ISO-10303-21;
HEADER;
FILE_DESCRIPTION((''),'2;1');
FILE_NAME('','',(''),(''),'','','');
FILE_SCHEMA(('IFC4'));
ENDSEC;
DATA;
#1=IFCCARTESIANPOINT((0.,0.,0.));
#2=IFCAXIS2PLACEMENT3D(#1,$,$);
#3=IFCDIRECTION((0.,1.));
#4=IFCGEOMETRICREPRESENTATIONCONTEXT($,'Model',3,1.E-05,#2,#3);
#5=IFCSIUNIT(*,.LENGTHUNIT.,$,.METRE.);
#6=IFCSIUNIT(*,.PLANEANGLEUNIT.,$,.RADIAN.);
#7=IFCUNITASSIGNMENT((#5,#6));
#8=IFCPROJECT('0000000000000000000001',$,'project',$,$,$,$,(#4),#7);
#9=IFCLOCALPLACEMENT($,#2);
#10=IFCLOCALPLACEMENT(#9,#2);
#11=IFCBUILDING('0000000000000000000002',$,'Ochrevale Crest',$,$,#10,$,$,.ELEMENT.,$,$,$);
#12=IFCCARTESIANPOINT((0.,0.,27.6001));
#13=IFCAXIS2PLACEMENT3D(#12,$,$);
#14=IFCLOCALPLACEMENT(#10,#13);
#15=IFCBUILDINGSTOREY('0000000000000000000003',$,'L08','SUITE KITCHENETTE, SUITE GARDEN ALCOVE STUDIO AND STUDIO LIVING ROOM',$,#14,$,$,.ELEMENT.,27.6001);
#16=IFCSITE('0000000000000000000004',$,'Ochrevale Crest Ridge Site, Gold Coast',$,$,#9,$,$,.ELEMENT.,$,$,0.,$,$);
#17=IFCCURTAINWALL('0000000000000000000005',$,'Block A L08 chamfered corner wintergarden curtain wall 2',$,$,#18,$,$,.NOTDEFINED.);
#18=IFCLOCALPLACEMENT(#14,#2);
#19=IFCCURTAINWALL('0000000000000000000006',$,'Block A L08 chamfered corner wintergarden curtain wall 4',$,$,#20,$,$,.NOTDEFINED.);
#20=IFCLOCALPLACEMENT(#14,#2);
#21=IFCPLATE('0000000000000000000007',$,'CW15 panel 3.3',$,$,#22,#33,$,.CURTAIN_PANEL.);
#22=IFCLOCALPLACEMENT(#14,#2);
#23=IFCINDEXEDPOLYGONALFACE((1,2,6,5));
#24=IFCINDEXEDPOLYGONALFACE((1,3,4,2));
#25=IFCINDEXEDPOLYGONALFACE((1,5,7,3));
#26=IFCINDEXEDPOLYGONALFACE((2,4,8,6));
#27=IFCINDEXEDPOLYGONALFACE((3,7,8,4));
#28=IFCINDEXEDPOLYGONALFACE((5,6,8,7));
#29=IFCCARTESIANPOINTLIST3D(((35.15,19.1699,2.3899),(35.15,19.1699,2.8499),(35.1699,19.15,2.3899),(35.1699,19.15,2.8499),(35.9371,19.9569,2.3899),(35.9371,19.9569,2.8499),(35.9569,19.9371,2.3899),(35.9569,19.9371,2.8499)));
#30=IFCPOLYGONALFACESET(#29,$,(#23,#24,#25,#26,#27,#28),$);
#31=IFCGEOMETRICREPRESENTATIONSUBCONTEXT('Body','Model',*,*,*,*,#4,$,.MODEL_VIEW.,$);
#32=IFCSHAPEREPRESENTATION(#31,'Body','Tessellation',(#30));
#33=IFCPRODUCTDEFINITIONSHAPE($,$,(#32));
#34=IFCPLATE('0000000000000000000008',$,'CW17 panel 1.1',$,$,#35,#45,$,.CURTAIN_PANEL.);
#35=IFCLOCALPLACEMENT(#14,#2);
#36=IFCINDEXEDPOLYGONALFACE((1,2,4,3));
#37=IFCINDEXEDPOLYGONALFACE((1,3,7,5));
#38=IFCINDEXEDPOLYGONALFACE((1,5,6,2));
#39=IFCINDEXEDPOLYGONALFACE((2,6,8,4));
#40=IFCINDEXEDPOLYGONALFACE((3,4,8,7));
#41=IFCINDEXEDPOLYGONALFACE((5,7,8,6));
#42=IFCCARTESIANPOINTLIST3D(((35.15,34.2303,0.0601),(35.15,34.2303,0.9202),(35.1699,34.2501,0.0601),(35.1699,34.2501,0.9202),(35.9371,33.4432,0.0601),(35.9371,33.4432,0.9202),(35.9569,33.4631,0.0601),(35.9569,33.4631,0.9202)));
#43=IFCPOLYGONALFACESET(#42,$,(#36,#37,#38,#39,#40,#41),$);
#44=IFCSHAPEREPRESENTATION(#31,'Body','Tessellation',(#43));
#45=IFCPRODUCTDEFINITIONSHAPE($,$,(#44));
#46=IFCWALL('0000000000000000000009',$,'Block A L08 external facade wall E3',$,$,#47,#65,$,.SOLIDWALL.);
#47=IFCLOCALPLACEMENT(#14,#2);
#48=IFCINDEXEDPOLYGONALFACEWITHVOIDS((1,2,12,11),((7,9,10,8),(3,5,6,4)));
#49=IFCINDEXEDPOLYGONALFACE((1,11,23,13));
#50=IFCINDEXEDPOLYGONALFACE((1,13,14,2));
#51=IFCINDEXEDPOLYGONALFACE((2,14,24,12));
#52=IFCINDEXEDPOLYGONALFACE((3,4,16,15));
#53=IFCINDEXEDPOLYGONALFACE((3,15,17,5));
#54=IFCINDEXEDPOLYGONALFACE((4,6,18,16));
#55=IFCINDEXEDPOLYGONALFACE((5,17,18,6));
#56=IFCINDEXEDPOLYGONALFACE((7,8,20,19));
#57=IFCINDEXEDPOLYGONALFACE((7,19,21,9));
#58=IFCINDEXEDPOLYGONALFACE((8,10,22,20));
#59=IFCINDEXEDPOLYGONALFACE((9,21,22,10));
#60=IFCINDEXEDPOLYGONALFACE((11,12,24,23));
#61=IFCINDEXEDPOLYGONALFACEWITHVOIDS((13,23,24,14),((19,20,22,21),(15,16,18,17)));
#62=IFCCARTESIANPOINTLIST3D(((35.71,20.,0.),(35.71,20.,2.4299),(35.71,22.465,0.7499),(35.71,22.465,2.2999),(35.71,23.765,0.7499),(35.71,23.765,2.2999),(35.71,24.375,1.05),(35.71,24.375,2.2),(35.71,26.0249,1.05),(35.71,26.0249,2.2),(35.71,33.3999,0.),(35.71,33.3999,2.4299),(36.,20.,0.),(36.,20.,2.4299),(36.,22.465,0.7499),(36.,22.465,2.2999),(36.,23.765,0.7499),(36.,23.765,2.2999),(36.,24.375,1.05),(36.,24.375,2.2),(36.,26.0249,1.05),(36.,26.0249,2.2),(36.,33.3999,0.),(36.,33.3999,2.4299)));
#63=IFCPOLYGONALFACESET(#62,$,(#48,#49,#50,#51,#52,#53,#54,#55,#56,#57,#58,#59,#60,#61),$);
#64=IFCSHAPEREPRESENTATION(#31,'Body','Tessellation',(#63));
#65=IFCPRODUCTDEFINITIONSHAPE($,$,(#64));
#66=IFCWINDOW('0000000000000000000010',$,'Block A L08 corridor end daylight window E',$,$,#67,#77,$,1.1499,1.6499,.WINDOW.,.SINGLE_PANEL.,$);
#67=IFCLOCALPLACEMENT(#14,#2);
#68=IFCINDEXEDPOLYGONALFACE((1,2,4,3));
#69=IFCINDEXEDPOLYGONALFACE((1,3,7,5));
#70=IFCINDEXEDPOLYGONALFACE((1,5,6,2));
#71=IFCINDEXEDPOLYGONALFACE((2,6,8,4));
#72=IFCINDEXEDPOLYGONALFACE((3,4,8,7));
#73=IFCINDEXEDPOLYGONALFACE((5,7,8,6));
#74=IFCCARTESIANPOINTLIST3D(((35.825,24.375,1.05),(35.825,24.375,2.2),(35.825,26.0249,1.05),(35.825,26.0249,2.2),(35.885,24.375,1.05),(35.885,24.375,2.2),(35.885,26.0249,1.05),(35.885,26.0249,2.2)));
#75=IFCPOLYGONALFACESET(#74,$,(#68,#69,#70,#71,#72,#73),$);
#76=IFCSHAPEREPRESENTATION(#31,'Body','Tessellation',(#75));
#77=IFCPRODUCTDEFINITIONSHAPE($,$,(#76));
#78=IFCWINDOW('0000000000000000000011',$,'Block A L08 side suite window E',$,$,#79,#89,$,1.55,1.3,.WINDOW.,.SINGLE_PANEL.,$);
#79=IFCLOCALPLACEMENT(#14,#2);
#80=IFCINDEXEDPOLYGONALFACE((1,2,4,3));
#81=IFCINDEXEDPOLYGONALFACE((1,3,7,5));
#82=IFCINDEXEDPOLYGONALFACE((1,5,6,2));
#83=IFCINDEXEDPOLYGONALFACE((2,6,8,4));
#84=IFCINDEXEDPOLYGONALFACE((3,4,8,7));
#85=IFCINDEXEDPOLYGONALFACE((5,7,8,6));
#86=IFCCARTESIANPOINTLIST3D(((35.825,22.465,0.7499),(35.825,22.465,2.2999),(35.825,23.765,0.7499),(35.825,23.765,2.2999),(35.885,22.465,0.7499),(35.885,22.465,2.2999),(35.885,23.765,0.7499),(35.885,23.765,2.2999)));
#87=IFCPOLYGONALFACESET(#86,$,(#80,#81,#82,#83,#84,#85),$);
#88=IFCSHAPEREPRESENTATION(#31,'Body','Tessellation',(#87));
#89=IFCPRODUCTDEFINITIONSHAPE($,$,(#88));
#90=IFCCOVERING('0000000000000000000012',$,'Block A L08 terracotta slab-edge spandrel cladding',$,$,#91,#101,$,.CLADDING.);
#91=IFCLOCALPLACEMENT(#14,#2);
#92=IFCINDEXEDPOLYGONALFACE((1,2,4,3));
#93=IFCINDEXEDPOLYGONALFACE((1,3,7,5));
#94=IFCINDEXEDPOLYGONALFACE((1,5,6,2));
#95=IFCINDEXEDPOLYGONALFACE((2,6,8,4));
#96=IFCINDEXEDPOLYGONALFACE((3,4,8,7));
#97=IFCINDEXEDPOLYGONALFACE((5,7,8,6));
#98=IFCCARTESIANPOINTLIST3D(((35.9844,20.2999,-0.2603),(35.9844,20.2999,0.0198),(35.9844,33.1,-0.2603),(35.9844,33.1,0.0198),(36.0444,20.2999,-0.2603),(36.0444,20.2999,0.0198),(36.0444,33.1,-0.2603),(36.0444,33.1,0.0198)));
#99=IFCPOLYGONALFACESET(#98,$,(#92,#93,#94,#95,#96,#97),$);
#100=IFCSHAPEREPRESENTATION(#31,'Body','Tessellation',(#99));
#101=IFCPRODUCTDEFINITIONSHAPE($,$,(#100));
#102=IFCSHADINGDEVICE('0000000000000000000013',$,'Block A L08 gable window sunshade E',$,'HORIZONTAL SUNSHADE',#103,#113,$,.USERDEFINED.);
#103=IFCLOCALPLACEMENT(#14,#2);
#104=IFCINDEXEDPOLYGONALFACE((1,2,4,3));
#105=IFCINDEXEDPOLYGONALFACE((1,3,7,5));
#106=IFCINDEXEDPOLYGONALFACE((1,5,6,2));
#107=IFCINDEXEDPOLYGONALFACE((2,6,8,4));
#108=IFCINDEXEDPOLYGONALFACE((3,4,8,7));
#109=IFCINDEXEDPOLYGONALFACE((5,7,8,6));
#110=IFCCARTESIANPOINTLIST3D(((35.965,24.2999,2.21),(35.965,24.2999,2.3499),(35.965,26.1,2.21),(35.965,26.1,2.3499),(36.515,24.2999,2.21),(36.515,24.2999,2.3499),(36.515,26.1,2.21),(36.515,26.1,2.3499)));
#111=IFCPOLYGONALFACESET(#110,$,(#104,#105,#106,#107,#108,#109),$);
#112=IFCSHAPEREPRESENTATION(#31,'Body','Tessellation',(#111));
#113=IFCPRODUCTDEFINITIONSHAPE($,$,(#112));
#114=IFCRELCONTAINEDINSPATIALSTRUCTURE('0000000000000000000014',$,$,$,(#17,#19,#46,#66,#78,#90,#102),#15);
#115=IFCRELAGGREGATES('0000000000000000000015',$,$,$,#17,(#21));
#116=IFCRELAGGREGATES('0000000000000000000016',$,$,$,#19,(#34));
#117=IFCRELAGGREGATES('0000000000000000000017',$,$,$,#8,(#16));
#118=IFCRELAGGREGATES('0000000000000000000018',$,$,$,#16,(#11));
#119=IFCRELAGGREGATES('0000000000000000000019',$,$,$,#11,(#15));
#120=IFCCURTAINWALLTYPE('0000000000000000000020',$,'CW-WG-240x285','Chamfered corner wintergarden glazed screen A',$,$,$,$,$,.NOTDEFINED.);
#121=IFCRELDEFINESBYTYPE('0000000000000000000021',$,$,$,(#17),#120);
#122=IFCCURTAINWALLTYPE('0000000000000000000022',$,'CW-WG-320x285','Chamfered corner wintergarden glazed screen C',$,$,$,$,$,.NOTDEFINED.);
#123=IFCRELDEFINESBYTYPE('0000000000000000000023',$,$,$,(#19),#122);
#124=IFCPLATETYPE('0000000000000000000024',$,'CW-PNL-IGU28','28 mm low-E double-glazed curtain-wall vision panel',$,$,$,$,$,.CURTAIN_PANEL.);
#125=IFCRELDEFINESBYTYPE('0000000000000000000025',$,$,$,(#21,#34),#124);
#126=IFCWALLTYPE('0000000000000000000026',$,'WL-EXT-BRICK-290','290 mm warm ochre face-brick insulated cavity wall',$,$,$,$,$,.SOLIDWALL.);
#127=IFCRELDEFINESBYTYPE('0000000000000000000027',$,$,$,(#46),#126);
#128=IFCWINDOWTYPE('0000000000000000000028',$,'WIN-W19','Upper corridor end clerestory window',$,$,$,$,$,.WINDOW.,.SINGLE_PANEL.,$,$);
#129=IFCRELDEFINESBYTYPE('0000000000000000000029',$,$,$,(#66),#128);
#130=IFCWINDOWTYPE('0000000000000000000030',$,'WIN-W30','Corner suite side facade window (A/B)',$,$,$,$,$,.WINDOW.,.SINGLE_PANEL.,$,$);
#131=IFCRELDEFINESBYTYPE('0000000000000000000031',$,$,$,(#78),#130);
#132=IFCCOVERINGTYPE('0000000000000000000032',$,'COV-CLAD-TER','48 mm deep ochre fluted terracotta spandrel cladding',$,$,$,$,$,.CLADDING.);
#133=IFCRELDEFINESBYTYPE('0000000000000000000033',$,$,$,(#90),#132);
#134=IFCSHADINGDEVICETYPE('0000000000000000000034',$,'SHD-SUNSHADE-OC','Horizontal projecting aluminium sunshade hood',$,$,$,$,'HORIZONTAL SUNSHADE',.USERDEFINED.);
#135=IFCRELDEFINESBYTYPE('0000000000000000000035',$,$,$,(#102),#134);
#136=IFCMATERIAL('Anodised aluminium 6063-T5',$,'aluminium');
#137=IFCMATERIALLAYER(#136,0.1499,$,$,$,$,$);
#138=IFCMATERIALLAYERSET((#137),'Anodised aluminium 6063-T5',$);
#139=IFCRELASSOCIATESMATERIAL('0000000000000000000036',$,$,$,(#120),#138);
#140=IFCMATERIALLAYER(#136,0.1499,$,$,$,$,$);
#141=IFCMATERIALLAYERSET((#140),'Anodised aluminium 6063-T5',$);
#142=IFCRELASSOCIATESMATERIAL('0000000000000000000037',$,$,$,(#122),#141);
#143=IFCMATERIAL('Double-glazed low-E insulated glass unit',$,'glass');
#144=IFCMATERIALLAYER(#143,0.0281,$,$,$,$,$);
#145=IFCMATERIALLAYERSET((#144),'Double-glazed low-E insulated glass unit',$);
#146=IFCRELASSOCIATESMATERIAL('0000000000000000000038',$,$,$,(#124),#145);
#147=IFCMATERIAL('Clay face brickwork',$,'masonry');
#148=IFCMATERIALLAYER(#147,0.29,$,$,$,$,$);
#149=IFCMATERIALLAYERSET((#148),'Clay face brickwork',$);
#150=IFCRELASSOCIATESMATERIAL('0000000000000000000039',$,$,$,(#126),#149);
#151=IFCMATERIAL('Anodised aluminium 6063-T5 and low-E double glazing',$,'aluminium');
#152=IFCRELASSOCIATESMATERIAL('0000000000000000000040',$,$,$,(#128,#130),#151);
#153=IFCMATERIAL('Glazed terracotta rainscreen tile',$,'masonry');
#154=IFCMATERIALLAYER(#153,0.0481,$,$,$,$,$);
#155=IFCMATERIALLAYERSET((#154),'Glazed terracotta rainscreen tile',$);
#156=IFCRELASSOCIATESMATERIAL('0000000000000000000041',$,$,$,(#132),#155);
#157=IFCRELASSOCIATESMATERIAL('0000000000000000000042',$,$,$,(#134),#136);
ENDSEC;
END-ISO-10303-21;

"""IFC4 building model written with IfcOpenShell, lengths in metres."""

from ifc_helpers import new_model, si_unit, direction, frame, frame_2d, origin, origin_2d, place, context, subcontext, project, spatial, rectangle, extrude, material, layer, layer_set, type_object, element, fill, aggregate, save


model = new_model("IFC4")

# Units and contexts
model_context = context("Model", 3, precision=1e-05, world=origin(), true_north=direction((0.0, 1.0)))
body_context = subcontext(model_context, "Body", "Model", "MODEL_VIEW")
ifc_project = project(units=[si_unit("LENGTHUNIT", "METRE"), si_unit("PLANEANGLEUNIT", "RADIAN")], contexts=[model_context])

# Site, building, storey
site_placement = place(None, origin())
site = spatial("IfcSite", under=ifc_project, at=site_placement, Name="Ochrevale Crest Ridge Site, Gold Coast", CompositionType="ELEMENT", RefElevation=0.0)
building_placement = place(site_placement, origin())
building = spatial("IfcBuilding", under=site, at=building_placement, Name="Ochrevale Crest", CompositionType="ELEMENT")
storey_placement = place(building_placement, frame((0.0, 0.0, 27.6001)))
storey = spatial("IfcBuildingStorey", under=building, at=storey_placement, Name="L08", Description="SUITE KITCHENETTE, SUITE GARDEN ALCOVE STUDIO AND STUDIO LIVING ROOM", CompositionType="ELEMENT", Elevation=27.6001)

# Curtain walls
ifc_material_1 = material(Name="Anodised aluminium 6063-T5", Category="aluminium")
ifc_layer_1 = layer(ifc_material_1, 0.1499)
ifc_layer_set_1 = layer_set([ifc_layer_1], Name="Anodised aluminium 6063-T5")
curtain_wall_type_1 = type_object("IfcCurtainWallType", Name="CW-WG-240x285", Description="Chamfered corner wintergarden glazed screen A", PredefinedType="NOTDEFINED", material=ifc_layer_set_1)
curtain_wall_1_placement = place(storey_placement, origin())
curtain_wall_1 = element("IfcCurtainWall", 1, at=curtain_wall_1_placement, inside=storey, type_object=curtain_wall_type_1, Name="Block A L08 chamfered corner wintergarden curtain wall 2", PredefinedType="NOTDEFINED")
ifc_layer_2 = layer(ifc_material_1, 0.1499)
ifc_layer_set_2 = layer_set([ifc_layer_2], Name="Anodised aluminium 6063-T5")
curtain_wall_type_2 = type_object("IfcCurtainWallType", Name="CW-WG-320x285", Description="Chamfered corner wintergarden glazed screen C", PredefinedType="NOTDEFINED", material=ifc_layer_set_2)
curtain_wall_2_placement = place(storey_placement, origin())
curtain_wall_2 = element("IfcCurtainWall", 2, at=curtain_wall_2_placement, inside=storey, type_object=curtain_wall_type_2, Name="Block A L08 chamfered corner wintergarden curtain wall 4", PredefinedType="NOTDEFINED")

# Plates
ifc_material_2 = material(Name="Double-glazed low-E insulated glass unit", Category="glass")
ifc_layer_3 = layer(ifc_material_2, 0.0281)
ifc_layer_set_3 = layer_set([ifc_layer_3], Name="Double-glazed low-E insulated glass unit")
plate_type = type_object("IfcPlateType", Name="CW-PNL-IGU28", Description="28 mm low-E double-glazed curtain-wall vision panel", PredefinedType="CURTAIN_PANEL", material=ifc_layer_set_3)
plate_1_placement = place(storey_placement, frame((35.5535, 19.5535, 2.3899), z_axis=(0.0, 0.0, 1.0), x_axis=(0.707107, 0.707107, 0.0)))
plate_1 = element("IfcPlate", 3, at=plate_1_placement, type_object=plate_type, Name="CW15 panel 3.3", PredefinedType="CURTAIN_PANEL", context=body_context, shape_type="SweptSolid", body=[
    extrude(rectangle(XDim=1.113, YDim=0.0281, at=origin_2d()), origin(), (0.0, 0.0, 1.0), 0.46),
])
aggregate(curtain_wall_1, [plate_1])
plate_2_placement = place(storey_placement, frame((35.5535, 33.8467, 0.0601), z_axis=(0.0, 0.0, 1.0), x_axis=(-0.707107, 0.707107, 0.0)))
plate_2 = element("IfcPlate", 4, at=plate_2_placement, type_object=plate_type, Name="CW17 panel 1.1", PredefinedType="CURTAIN_PANEL", context=body_context, shape_type="SweptSolid", body=[
    extrude(rectangle(XDim=1.113, YDim=0.0281, at=origin_2d()), origin(), (0.0, 0.0, 1.0), 0.8601),
])
aggregate(curtain_wall_2, [plate_2])

# Wall, openings, windows
ifc_material_3 = material(Name="Clay face brickwork", Category="masonry")
ifc_layer_4 = layer(ifc_material_3, 0.29)
ifc_layer_set_4 = layer_set([ifc_layer_4], Name="Clay face brickwork")
wall_type = type_object("IfcWallType", Name="WL-EXT-BRICK-290", Description="290 mm warm ochre face-brick insulated cavity wall", PredefinedType="SOLIDWALL", material=ifc_layer_set_4)
wall_placement = place(storey_placement, frame((35.855, 20.0, 0.0), z_axis=(0.0, 0.0, 1.0), x_axis=(0.0, 1.0, 0.0)))
wall = element("IfcWall", 5, at=wall_placement, inside=storey, type_object=wall_type, Name="Block A L08 external facade wall E3", PredefinedType="SOLIDWALL", context=body_context, shape_type="SweptSolid", body=[
    extrude(rectangle(XDim=13.3999, YDim=0.29, at=frame_2d((6.7, 0.0))), origin(), (0.0, 0.0, 1.0), 2.4299),
])
opening_1_placement = place(wall_placement, frame((4.375, 0.0, 1.05)))
opening_1 = element("IfcOpeningElement", 6, at=opening_1_placement, cuts=wall, PredefinedType="OPENING", context=body_context, shape_type="SweptSolid", body=[
    extrude(rectangle(XDim=1.6499, YDim=1.1499, at=frame_2d((0.825, 0.575))), frame((0.0, 0.155, 0.0), z_axis=(0.0, -1.0, 0.0), x_axis=(1.0, 0.0, 0.0)), (0.0, 0.0, 1.0), 0.3101),
])
opening_2_placement = place(wall_placement, frame((2.4651, 0.0, 0.75)))
opening_2 = element("IfcOpeningElement", 7, at=opening_2_placement, cuts=wall, PredefinedType="OPENING", context=body_context, shape_type="SweptSolid", body=[
    extrude(rectangle(XDim=1.3, YDim=1.55, at=frame_2d((0.6499, 0.7749))), frame((0.0, 0.155, 0.0), z_axis=(0.0, -1.0, 0.0), x_axis=(1.0, 0.0, 0.0)), (0.0, 0.0, 1.0), 0.3101),
])
ifc_material_4 = material(Name="Anodised aluminium 6063-T5 and low-E double glazing", Category="aluminium")
window_type_1 = type_object("IfcWindowType", Name="WIN-W19", Description="Upper corridor end clerestory window", PartitioningType="SINGLE_PANEL", PredefinedType="WINDOW", material=ifc_material_4)
window_1_placement = place(opening_1_placement, origin())
window_1 = element("IfcWindow", 8, at=window_1_placement, inside=storey, type_object=window_type_1, Name="Block A L08 corridor end daylight window E", OverallHeight=1.1499, OverallWidth=1.6499, PartitioningType="SINGLE_PANEL", PredefinedType="WINDOW", context=body_context, shape_type="SweptSolid", body=[
    extrude(rectangle(XDim=1.6499, YDim=1.1499, at=frame_2d((0.825, 0.575))), frame((0.0, 0.03, 0.0), z_axis=(0.0, -1.0, 0.0), x_axis=(1.0, 0.0, 0.0)), (0.0, 0.0, 1.0), 0.0601),
])
fill(opening_1, window_1)
window_type_2 = type_object("IfcWindowType", Name="WIN-W30", Description="Corner suite side facade window (A/B)", PartitioningType="SINGLE_PANEL", PredefinedType="WINDOW", material=ifc_material_4)
window_2_placement = place(opening_2_placement, origin())
window_2 = element("IfcWindow", 9, at=window_2_placement, inside=storey, type_object=window_type_2, Name="Block A L08 side suite window E", OverallHeight=1.55, OverallWidth=1.3, PartitioningType="SINGLE_PANEL", PredefinedType="WINDOW", context=body_context, shape_type="SweptSolid", body=[
    extrude(rectangle(XDim=1.3, YDim=1.55, at=frame_2d((0.6499, 0.7749))), frame((0.0, 0.03, 0.0), z_axis=(0.0, -1.0, 0.0), x_axis=(1.0, 0.0, 0.0)), (0.0, 0.0, 1.0), 0.0601),
])
fill(opening_2, window_2)

# Covering
ifc_material_5 = material(Name="Glazed terracotta rainscreen tile", Category="masonry")
ifc_layer_5 = layer(ifc_material_5, 0.0481)
ifc_layer_set_5 = layer_set([ifc_layer_5], Name="Glazed terracotta rainscreen tile")
covering_type = type_object("IfcCoveringType", Name="COV-CLAD-TER", Description="48 mm deep ochre fluted terracotta spandrel cladding", PredefinedType="CLADDING", material=ifc_layer_set_5)
covering_placement = place(storey_placement, frame((36.0144, 26.7, -0.2603), z_axis=(0.0, 0.0, 1.0), x_axis=(0.0, 1.0, 0.0)))
element("IfcCovering", 10, at=covering_placement, inside=storey, type_object=covering_type, Name="Block A L08 terracotta slab-edge spandrel cladding", PredefinedType="CLADDING", context=body_context, shape_type="SweptSolid", body=[
    extrude(rectangle(XDim=12.8, YDim=0.0601, at=origin_2d()), origin(), (0.0, 0.0, 1.0), 0.28),
])

# Shading device
shading_device_type = type_object("IfcShadingDeviceType", Name="SHD-SUNSHADE-OC", Description="Horizontal projecting aluminium sunshade hood", ElementType="HORIZONTAL SUNSHADE", PredefinedType="USERDEFINED", material=ifc_material_1)
shading_device_placement = place(storey_placement, frame((36.24, 25.2, 2.21), z_axis=(0.0, 0.0, 1.0), x_axis=(1.0, 0.0, 0.0)))
element("IfcShadingDevice", 11, at=shading_device_placement, inside=storey, type_object=shading_device_type, Name="Block A L08 gable window sunshade E", ObjectType="HORIZONTAL SUNSHADE", PredefinedType="USERDEFINED", context=body_context, shape_type="SweptSolid", body=[
    extrude(rectangle(XDim=0.55, YDim=1.8, at=origin_2d()), origin(), (0.0, 0.0, 1.0), 0.1399),
])

save(model, "model.ifc")
